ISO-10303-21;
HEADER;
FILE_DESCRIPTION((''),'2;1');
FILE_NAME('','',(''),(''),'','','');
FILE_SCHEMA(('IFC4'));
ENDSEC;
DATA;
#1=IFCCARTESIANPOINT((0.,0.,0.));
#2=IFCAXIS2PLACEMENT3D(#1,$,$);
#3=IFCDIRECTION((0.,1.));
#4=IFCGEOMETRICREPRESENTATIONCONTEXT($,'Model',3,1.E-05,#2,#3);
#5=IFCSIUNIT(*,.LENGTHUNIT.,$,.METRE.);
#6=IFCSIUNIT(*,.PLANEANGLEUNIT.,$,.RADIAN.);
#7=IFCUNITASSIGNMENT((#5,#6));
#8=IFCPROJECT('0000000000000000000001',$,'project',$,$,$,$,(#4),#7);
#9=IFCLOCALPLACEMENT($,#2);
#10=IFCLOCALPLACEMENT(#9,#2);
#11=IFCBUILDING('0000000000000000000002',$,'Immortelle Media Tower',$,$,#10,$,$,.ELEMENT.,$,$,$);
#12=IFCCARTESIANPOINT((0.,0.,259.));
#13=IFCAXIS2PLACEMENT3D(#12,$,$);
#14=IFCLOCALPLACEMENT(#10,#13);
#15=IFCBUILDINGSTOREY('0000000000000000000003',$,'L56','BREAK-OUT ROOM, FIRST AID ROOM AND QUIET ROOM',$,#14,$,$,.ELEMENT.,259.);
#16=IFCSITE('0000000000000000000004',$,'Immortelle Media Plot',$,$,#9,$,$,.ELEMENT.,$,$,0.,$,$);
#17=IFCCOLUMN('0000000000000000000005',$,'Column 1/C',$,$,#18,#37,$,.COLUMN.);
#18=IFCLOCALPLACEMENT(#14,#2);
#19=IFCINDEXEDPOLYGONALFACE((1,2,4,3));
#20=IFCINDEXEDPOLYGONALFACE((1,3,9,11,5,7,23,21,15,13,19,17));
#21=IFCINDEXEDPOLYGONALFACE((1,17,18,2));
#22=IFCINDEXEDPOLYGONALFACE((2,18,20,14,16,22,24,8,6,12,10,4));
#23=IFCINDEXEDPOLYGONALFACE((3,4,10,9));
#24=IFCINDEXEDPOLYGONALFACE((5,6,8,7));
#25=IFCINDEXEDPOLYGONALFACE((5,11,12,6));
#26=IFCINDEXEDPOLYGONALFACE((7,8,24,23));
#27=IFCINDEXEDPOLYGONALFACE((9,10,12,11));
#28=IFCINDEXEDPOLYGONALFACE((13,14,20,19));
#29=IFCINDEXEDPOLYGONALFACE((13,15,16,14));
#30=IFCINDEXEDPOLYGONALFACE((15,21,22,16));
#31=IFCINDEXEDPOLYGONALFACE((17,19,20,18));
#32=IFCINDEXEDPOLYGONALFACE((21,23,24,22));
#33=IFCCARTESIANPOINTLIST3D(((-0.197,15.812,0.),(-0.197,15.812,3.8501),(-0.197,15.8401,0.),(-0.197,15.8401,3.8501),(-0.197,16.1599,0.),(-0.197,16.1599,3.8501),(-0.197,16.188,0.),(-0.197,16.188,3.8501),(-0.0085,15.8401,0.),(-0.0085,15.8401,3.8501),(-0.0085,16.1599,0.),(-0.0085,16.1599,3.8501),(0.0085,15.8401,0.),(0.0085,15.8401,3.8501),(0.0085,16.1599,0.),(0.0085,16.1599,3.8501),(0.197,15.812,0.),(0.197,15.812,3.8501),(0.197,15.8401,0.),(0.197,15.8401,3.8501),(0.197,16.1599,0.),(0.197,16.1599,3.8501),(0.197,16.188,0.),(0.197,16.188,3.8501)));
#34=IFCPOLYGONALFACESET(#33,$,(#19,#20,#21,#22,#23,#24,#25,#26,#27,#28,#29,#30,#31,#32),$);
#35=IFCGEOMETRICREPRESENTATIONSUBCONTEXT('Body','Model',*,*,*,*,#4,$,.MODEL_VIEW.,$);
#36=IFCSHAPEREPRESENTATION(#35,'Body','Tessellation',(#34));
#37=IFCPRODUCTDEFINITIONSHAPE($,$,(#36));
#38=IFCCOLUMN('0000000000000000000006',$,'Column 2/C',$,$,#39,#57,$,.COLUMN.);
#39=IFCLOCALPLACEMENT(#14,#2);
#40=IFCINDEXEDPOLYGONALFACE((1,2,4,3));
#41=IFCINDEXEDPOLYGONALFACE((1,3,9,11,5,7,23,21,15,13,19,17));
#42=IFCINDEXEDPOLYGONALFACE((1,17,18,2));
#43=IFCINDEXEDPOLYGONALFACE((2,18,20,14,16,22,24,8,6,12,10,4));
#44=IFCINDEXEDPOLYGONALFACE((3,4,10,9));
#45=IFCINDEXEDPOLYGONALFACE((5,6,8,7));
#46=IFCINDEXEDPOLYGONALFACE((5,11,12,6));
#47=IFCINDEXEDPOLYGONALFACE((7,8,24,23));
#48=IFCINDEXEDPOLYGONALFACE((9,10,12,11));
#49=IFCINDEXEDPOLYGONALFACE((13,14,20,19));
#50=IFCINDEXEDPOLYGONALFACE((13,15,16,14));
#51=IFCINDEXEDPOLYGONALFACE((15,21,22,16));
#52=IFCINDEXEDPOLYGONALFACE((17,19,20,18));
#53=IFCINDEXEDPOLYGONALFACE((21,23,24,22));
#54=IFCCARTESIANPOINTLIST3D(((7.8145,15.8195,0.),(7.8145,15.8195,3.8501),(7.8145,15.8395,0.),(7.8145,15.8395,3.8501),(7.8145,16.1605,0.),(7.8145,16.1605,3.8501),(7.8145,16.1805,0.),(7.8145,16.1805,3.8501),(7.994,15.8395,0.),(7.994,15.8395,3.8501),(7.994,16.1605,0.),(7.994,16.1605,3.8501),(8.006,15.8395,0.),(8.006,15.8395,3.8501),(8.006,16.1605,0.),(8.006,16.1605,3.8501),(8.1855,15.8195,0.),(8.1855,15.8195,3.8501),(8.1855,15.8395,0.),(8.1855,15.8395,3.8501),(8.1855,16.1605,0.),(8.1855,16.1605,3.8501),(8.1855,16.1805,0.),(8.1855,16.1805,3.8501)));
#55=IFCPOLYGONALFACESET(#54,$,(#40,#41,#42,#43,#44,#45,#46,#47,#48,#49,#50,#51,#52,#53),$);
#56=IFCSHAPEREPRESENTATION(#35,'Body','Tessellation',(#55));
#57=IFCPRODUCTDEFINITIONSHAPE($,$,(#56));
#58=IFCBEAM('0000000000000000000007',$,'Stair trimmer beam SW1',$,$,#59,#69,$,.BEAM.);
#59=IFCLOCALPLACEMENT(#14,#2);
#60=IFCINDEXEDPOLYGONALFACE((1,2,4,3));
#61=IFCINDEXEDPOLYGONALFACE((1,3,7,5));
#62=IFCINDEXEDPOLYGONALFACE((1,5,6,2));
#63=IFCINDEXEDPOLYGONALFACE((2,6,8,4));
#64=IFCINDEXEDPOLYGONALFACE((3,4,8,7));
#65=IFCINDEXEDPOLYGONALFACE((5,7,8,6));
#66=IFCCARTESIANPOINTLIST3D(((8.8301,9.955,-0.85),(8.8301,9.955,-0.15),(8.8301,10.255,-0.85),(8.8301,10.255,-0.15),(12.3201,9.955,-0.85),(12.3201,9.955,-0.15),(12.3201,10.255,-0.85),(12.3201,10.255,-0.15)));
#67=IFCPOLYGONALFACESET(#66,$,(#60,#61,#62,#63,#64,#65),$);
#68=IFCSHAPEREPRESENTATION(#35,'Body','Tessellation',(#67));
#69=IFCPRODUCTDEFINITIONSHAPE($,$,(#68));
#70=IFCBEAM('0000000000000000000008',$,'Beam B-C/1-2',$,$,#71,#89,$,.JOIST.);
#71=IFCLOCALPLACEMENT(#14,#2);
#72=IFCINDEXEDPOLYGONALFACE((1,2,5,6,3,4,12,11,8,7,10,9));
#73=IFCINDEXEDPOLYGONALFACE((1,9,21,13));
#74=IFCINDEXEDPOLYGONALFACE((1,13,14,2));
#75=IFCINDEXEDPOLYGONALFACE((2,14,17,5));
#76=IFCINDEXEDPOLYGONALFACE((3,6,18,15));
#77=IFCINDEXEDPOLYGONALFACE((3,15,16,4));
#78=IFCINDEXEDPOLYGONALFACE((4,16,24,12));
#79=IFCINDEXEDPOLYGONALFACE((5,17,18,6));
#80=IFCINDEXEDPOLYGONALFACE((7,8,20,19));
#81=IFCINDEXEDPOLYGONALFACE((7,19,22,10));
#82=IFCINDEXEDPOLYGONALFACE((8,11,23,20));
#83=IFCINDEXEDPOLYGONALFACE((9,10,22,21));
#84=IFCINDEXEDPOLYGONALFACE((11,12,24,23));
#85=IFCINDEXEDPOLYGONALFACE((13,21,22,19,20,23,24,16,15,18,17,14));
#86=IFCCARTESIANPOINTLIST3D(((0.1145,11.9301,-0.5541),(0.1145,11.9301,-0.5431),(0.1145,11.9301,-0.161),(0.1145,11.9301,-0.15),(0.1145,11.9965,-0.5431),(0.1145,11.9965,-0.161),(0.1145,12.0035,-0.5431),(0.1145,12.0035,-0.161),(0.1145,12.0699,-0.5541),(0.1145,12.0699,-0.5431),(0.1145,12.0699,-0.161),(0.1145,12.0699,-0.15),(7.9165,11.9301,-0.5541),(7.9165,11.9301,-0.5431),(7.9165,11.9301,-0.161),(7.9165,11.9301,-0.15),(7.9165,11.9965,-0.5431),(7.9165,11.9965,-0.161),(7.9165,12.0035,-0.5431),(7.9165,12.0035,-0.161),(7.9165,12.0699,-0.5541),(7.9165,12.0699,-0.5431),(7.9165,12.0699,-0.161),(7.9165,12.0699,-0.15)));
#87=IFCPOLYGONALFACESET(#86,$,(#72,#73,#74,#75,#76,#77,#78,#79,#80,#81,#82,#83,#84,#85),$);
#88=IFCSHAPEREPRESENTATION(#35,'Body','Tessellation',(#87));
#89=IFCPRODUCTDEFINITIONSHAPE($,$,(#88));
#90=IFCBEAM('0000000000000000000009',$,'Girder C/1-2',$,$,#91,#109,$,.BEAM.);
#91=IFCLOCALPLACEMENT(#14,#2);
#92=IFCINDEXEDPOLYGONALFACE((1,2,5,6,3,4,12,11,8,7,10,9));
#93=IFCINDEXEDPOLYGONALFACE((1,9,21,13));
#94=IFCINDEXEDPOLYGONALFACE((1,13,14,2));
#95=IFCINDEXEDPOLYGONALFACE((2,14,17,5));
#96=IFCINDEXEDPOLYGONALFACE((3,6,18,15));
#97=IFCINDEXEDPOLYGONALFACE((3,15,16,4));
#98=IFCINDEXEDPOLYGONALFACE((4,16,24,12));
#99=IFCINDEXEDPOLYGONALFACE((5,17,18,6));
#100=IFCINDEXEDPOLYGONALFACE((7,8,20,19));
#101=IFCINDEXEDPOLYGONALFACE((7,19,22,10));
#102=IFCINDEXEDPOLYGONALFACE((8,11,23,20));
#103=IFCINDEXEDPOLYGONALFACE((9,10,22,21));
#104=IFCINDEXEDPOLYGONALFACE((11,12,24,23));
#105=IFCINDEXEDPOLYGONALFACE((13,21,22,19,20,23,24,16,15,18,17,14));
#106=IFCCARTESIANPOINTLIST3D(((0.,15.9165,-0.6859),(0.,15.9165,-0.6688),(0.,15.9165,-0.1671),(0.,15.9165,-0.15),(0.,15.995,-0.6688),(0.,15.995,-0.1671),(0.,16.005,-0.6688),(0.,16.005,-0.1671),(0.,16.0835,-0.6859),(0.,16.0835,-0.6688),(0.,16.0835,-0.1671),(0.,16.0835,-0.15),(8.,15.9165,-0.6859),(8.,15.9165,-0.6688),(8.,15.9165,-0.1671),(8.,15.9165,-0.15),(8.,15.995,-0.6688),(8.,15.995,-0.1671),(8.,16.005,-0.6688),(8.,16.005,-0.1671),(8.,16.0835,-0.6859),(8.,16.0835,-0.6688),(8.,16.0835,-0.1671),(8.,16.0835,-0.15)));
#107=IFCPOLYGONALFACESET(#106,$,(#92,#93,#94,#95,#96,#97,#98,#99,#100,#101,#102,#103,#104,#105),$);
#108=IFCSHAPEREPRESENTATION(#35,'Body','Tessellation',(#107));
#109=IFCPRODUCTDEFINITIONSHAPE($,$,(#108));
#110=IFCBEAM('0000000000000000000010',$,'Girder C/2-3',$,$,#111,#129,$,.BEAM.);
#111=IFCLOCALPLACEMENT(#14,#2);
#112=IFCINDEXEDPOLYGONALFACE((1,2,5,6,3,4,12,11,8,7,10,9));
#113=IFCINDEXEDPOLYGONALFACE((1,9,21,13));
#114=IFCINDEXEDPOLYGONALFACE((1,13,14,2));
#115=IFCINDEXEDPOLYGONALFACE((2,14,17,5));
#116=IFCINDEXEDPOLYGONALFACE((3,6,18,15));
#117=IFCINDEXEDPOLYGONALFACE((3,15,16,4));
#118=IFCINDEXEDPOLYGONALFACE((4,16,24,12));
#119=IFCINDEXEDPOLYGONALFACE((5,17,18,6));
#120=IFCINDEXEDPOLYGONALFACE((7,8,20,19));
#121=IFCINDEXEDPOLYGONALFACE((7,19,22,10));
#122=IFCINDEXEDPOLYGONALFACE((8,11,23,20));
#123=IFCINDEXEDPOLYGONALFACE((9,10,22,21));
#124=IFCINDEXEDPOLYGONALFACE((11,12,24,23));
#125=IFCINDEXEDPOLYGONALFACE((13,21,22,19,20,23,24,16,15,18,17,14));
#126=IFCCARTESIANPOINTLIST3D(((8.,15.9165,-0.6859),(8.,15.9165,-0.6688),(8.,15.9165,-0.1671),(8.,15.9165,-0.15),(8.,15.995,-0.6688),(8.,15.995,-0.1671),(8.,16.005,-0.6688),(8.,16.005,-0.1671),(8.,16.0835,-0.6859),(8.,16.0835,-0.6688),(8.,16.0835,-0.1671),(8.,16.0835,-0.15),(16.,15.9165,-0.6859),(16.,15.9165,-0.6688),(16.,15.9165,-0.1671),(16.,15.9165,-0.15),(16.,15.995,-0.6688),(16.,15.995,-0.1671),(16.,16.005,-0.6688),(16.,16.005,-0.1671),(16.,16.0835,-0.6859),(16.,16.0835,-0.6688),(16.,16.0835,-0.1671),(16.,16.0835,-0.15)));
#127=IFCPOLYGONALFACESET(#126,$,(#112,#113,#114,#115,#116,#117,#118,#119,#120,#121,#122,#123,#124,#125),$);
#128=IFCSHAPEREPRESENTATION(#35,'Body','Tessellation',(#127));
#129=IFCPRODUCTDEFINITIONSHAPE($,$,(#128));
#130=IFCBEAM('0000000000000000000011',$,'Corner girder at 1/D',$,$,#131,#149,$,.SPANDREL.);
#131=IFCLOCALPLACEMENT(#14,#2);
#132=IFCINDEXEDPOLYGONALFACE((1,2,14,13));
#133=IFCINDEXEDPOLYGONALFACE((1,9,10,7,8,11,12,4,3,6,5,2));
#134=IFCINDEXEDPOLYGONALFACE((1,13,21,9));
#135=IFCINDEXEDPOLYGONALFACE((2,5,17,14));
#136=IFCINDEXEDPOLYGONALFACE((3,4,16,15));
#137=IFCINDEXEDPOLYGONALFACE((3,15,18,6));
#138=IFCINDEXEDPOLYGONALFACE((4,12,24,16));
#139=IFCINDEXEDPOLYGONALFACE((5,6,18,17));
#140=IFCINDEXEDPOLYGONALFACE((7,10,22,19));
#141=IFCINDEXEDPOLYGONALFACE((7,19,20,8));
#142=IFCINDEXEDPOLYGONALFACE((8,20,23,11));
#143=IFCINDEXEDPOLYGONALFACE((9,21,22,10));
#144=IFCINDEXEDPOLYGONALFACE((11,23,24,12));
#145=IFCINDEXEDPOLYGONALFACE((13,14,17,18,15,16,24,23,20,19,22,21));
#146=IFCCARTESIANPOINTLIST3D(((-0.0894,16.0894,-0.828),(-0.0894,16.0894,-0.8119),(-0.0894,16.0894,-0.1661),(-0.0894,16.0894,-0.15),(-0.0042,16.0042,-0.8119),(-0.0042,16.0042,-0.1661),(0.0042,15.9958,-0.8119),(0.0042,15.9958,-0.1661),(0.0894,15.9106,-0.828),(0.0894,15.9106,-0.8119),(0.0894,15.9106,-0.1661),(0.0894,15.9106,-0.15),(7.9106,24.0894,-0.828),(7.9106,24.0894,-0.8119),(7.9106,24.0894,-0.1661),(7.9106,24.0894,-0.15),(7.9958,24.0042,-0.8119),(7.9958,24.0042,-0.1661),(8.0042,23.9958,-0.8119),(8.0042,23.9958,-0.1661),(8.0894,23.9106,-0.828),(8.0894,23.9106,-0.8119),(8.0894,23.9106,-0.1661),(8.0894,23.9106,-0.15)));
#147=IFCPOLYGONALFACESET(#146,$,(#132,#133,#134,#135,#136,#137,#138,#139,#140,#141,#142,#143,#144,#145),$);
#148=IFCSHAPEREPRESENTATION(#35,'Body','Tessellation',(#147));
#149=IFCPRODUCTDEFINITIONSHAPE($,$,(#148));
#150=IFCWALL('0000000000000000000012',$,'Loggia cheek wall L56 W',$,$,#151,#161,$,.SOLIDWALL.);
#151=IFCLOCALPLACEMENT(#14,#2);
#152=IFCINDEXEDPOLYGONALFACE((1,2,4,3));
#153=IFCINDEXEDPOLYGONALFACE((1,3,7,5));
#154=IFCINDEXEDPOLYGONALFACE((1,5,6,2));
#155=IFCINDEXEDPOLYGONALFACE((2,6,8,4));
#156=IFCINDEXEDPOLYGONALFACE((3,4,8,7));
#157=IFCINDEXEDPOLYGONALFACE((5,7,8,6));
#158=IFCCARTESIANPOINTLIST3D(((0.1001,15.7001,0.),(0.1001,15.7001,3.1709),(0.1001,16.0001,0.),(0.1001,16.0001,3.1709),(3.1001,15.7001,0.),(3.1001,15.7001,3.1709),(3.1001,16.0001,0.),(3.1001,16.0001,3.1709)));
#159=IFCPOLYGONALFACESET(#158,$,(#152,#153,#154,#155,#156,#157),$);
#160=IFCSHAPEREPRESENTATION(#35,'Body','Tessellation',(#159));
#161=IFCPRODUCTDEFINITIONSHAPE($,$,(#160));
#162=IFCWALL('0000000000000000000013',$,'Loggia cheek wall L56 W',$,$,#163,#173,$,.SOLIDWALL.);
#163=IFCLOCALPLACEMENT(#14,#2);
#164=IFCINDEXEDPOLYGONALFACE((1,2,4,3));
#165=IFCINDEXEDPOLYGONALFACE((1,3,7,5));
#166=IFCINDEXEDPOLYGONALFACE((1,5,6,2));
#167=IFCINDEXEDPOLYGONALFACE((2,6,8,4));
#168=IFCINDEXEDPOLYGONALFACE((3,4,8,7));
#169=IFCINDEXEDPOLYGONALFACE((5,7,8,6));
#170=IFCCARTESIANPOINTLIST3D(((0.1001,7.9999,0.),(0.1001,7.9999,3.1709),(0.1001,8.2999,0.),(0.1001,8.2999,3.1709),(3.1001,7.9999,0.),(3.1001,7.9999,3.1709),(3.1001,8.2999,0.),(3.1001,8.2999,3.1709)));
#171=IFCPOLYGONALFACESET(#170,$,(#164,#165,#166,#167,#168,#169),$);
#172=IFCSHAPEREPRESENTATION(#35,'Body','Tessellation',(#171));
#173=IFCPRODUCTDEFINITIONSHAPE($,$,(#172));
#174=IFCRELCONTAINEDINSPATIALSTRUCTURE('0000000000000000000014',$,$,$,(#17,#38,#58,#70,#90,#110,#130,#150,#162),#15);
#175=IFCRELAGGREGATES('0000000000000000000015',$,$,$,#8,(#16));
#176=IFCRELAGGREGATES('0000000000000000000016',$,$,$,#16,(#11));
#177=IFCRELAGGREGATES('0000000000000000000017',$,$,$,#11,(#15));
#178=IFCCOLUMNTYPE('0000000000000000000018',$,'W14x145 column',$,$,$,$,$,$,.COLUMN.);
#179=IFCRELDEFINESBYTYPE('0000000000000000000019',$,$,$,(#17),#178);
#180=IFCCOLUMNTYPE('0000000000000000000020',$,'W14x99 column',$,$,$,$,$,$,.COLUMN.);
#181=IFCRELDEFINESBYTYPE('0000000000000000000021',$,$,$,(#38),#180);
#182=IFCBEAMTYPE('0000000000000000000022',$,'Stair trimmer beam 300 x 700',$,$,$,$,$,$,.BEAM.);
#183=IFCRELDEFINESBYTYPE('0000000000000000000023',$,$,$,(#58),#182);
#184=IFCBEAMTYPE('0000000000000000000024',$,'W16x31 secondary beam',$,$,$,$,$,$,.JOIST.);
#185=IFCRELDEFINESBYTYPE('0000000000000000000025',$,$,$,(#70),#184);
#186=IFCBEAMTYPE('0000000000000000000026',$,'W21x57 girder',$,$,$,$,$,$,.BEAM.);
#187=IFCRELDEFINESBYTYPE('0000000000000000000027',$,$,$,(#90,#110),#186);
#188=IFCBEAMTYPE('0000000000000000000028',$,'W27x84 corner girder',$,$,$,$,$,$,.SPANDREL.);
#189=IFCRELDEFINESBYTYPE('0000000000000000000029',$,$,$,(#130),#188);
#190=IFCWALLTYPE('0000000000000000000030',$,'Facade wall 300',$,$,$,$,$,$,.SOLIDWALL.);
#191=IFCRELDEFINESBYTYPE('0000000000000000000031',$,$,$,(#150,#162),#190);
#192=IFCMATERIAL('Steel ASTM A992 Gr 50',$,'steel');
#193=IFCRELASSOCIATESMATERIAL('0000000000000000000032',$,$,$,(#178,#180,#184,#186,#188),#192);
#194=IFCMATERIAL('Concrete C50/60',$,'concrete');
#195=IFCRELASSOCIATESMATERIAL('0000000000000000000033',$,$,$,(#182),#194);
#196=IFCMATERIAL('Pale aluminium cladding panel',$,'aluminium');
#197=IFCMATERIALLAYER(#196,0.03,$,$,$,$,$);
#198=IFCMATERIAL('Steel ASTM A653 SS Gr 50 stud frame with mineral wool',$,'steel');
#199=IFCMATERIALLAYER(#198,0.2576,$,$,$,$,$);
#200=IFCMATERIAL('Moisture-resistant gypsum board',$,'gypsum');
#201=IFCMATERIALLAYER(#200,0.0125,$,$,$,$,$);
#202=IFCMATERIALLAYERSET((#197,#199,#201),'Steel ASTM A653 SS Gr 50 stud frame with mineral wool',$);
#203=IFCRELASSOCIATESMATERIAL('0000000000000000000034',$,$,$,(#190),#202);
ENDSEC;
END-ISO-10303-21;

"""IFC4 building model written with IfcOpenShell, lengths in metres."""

from ifc_helpers import new_model, si_unit, direction, frame, frame_2d, origin, origin_2d, place, context, subcontext, project, spatial, rectangle, i_section, extrude, material, layer, layer_set, material_profile, profile_set, type_object, element, save


model = new_model("IFC4")

# Units and contexts
model_context = context("Model", 3, precision=1e-05, world=origin(), true_north=direction((0.0, 1.0)))
body_context = subcontext(model_context, "Body", "Model", "MODEL_VIEW")
ifc_project = project(units=[si_unit("LENGTHUNIT", "METRE"), si_unit("PLANEANGLEUNIT", "RADIAN")], contexts=[model_context])

# Site, building, storey
site_placement = place(None, origin())
site = spatial("IfcSite", under=ifc_project, at=site_placement, Name="Immortelle Media Plot", CompositionType="ELEMENT", RefElevation=0.0)
building_placement = place(site_placement, origin())
building = spatial("IfcBuilding", under=site, at=building_placement, Name="Immortelle Media Tower", CompositionType="ELEMENT")
storey_placement = place(building_placement, frame((0.0, 0.0, 259.0)))
storey = spatial("IfcBuildingStorey", under=building, at=storey_placement, Name="L56", Description="BREAK-OUT ROOM, FIRST AID ROOM AND QUIET ROOM", CompositionType="ELEMENT", Elevation=259.0)

# Columns
ifc_material_1 = material(Name="Steel ASTM A992 Gr 50", Category="steel")
ifc_material_profile_1 = material_profile(ifc_material_1, i_section(OverallWidth=0.394, OverallDepth=0.376, WebThickness=0.0171, FlangeThickness=0.0281, at=origin_2d()), Name="W14x145")
ifc_profile_set_1 = profile_set([ifc_material_profile_1], Name="Steel ASTM A992 Gr 50")
column_type_1 = type_object("IfcColumnType", Name="W14x145 column", PredefinedType="COLUMN", material=ifc_profile_set_1)
column_1_placement = place(storey_placement, frame((0.0, 16.0, 0.0), z_axis=(0.0, 0.0, 1.0), x_axis=(1.0, 0.0, 0.0)))
element("IfcColumn", 1, at=column_1_placement, inside=storey, type_object=column_type_1, Name="Column 1/C", PredefinedType="COLUMN", context=body_context, shape_type="SweptSolid", body=[
    extrude(i_section(OverallWidth=0.394, OverallDepth=0.376, WebThickness=0.0171, FlangeThickness=0.0281, at=origin_2d()), origin(), (0.0, 0.0, 1.0), 3.8501),
])
ifc_material_profile_2 = material_profile(ifc_material_1, i_section(OverallWidth=0.3711, OverallDepth=0.3611, WebThickness=0.012, FlangeThickness=0.02, at=origin_2d()), Name="W14x99")
ifc_profile_set_2 = profile_set([ifc_material_profile_2], Name="Steel ASTM A992 Gr 50")
column_type_2 = type_object("IfcColumnType", Name="W14x99 column", PredefinedType="COLUMN", material=ifc_profile_set_2)
column_2_placement = place(storey_placement, frame((8.0, 16.0, 0.0), z_axis=(0.0, 0.0, 1.0), x_axis=(1.0, 0.0, 0.0)))
element("IfcColumn", 2, at=column_2_placement, inside=storey, type_object=column_type_2, Name="Column 2/C", PredefinedType="COLUMN", context=body_context, shape_type="SweptSolid", body=[
    extrude(i_section(OverallWidth=0.3711, OverallDepth=0.3611, WebThickness=0.012, FlangeThickness=0.02, at=origin_2d()), origin(), (0.0, 0.0, 1.0), 3.8501),
])

# Beams
ifc_material_2 = material(Name="Concrete C50/60", Category="concrete")
ifc_material_profile_3 = material_profile(ifc_material_2, rectangle(XDim=0.3, YDim=0.7, at=origin_2d()), Name="RC 300x700")
ifc_profile_set_3 = profile_set([ifc_material_profile_3], Name="Concrete C50/60")
beam_type_1 = type_object("IfcBeamType", Name="Stair trimmer beam 300 x 700", PredefinedType="BEAM", material=ifc_profile_set_3)
beam_1_placement = place(storey_placement, frame((8.8301, 10.105, -0.5), z_axis=(1.0, 0.0, 0.0), x_axis=(0.0, 1.0, 0.0)))
element("IfcBeam", 3, at=beam_1_placement, inside=storey, type_object=beam_type_1, Name="Stair trimmer beam SW1", PredefinedType="BEAM", context=body_context, shape_type="SweptSolid", body=[
    extrude(rectangle(XDim=0.3, YDim=0.7, at=origin_2d()), origin(), (0.0, 0.0, 1.0), 3.49),
])
ifc_material_profile_4 = material_profile(ifc_material_1, i_section(OverallWidth=0.1399, OverallDepth=0.4041, WebThickness=0.0071, FlangeThickness=0.011, at=origin_2d()), Name="W16x31")
ifc_profile_set_4 = profile_set([ifc_material_profile_4], Name="Steel ASTM A992 Gr 50")
beam_type_2 = type_object("IfcBeamType", Name="W16x31 secondary beam", PredefinedType="JOIST", material=ifc_profile_set_4)
beam_2_placement = place(storey_placement, frame((0.1145, 12.0, -0.3521), z_axis=(1.0, 0.0, 0.0), x_axis=(0.0, 1.0, 0.0)))
element("IfcBeam", 4, at=beam_2_placement, inside=storey, type_object=beam_type_2, Name="Beam B-C/1-2", PredefinedType="JOIST", context=body_context, shape_type="SweptSolid", body=[
    extrude(i_section(OverallWidth=0.1399, OverallDepth=0.4041, WebThickness=0.0071, FlangeThickness=0.011, at=origin_2d()), origin(), (0.0, 0.0, 1.0), 7.802),
])
ifc_material_profile_5 = material_profile(ifc_material_1, i_section(OverallWidth=0.167, OverallDepth=0.5359, WebThickness=0.01, FlangeThickness=0.0171, at=origin_2d()), Name="W21x57")
ifc_profile_set_5 = profile_set([ifc_material_profile_5], Name="Steel ASTM A992 Gr 50")
beam_type_3 = type_object("IfcBeamType", Name="W21x57 girder", PredefinedType="BEAM", material=ifc_profile_set_5)
for number, where, z_axis, x_axis, name in (
    (5, (0.0, 16.0, -0.418), (1.0, 0.0, 0.0), (0.0, 1.0, 0.0), "Girder C/1-2"),
    (6, (8.0, 16.0, -0.418), (1.0, 0.0, 0.0), (0.0, 1.0, 0.0), "Girder C/2-3"),
):
    element("IfcBeam", number, at=place(storey_placement, frame(where, z_axis=z_axis, x_axis=x_axis)), inside=storey, type_object=beam_type_3, Name=name, PredefinedType="BEAM", context=body_context, shape_type="SweptSolid", body=[
        extrude(i_section(OverallWidth=0.167, OverallDepth=0.5359, WebThickness=0.01, FlangeThickness=0.0171, at=origin_2d()), origin(), (0.0, 0.0, 1.0), 8.0),
    ])
ifc_material_profile_6 = material_profile(ifc_material_1, i_section(OverallWidth=0.2529, OverallDepth=0.678, WebThickness=0.012, FlangeThickness=0.0161, at=origin_2d()), Name="W27x84")
ifc_profile_set_6 = profile_set([ifc_material_profile_6], Name="Steel ASTM A992 Gr 50")
beam_type_4 = type_object("IfcBeamType", Name="W27x84 corner girder", PredefinedType="SPANDREL", material=ifc_profile_set_6)
beam_3_placement = place(storey_placement, frame((0.0, 16.0, -0.489), z_axis=(0.707107, 0.707107, 0.0), x_axis=(-0.707107, 0.707107, 0.0)))
element("IfcBeam", 7, at=beam_3_placement, inside=storey, type_object=beam_type_4, Name="Corner girder at 1/D", PredefinedType="SPANDREL", context=body_context, shape_type="SweptSolid", body=[
    extrude(i_section(OverallWidth=0.2529, OverallDepth=0.678, WebThickness=0.012, FlangeThickness=0.0161, at=origin_2d()), origin(), (0.0, 0.0, 1.0), 11.3137),
])

# Shared definitions
ifc_material_3 = material(Name="Pale aluminium cladding panel", Category="aluminium")
ifc_layer_1 = layer(ifc_material_3, 0.03)
ifc_material_4 = material(Name="Steel ASTM A653 SS Gr 50 stud frame with mineral wool", Category="steel")
ifc_layer_2 = layer(ifc_material_4, 0.2576)
ifc_material_5 = material(Name="Moisture-resistant gypsum board", Category="gypsum")
ifc_layer_3 = layer(ifc_material_5, 0.0125)
ifc_layer_set_1 = layer_set([ifc_layer_1, ifc_layer_2, ifc_layer_3], Name="Steel ASTM A653 SS Gr 50 stud frame with mineral wool")
wall_type_1 = type_object("IfcWallType", Name="Facade wall 300", PredefinedType="SOLIDWALL", material=ifc_layer_set_1)

# Walls
for number, where, z_axis, x_axis, name in (
    (8, (0.1001, 15.8501, 0.0), (0.0, 0.0, 1.0), (1.0, 0.0, 0.0), "Loggia cheek wall L56 W"),
    (9, (0.1001, 8.1499, 0.0), (0.0, 0.0, 1.0), (1.0, 0.0, 0.0), "Loggia cheek wall L56 W"),
):
    element("IfcWall", number, at=place(storey_placement, frame(where, z_axis=z_axis, x_axis=x_axis)), inside=storey, type_object=wall_type_1, Name=name, PredefinedType="SOLIDWALL", context=body_context, shape_type="SweptSolid", body=[
        extrude(rectangle(XDim=3.0, YDim=0.3, at=frame_2d((1.5, 0.0))), origin(), (0.0, 0.0, 1.0), 3.1709),
    ])

save(model, "model.ifc")
